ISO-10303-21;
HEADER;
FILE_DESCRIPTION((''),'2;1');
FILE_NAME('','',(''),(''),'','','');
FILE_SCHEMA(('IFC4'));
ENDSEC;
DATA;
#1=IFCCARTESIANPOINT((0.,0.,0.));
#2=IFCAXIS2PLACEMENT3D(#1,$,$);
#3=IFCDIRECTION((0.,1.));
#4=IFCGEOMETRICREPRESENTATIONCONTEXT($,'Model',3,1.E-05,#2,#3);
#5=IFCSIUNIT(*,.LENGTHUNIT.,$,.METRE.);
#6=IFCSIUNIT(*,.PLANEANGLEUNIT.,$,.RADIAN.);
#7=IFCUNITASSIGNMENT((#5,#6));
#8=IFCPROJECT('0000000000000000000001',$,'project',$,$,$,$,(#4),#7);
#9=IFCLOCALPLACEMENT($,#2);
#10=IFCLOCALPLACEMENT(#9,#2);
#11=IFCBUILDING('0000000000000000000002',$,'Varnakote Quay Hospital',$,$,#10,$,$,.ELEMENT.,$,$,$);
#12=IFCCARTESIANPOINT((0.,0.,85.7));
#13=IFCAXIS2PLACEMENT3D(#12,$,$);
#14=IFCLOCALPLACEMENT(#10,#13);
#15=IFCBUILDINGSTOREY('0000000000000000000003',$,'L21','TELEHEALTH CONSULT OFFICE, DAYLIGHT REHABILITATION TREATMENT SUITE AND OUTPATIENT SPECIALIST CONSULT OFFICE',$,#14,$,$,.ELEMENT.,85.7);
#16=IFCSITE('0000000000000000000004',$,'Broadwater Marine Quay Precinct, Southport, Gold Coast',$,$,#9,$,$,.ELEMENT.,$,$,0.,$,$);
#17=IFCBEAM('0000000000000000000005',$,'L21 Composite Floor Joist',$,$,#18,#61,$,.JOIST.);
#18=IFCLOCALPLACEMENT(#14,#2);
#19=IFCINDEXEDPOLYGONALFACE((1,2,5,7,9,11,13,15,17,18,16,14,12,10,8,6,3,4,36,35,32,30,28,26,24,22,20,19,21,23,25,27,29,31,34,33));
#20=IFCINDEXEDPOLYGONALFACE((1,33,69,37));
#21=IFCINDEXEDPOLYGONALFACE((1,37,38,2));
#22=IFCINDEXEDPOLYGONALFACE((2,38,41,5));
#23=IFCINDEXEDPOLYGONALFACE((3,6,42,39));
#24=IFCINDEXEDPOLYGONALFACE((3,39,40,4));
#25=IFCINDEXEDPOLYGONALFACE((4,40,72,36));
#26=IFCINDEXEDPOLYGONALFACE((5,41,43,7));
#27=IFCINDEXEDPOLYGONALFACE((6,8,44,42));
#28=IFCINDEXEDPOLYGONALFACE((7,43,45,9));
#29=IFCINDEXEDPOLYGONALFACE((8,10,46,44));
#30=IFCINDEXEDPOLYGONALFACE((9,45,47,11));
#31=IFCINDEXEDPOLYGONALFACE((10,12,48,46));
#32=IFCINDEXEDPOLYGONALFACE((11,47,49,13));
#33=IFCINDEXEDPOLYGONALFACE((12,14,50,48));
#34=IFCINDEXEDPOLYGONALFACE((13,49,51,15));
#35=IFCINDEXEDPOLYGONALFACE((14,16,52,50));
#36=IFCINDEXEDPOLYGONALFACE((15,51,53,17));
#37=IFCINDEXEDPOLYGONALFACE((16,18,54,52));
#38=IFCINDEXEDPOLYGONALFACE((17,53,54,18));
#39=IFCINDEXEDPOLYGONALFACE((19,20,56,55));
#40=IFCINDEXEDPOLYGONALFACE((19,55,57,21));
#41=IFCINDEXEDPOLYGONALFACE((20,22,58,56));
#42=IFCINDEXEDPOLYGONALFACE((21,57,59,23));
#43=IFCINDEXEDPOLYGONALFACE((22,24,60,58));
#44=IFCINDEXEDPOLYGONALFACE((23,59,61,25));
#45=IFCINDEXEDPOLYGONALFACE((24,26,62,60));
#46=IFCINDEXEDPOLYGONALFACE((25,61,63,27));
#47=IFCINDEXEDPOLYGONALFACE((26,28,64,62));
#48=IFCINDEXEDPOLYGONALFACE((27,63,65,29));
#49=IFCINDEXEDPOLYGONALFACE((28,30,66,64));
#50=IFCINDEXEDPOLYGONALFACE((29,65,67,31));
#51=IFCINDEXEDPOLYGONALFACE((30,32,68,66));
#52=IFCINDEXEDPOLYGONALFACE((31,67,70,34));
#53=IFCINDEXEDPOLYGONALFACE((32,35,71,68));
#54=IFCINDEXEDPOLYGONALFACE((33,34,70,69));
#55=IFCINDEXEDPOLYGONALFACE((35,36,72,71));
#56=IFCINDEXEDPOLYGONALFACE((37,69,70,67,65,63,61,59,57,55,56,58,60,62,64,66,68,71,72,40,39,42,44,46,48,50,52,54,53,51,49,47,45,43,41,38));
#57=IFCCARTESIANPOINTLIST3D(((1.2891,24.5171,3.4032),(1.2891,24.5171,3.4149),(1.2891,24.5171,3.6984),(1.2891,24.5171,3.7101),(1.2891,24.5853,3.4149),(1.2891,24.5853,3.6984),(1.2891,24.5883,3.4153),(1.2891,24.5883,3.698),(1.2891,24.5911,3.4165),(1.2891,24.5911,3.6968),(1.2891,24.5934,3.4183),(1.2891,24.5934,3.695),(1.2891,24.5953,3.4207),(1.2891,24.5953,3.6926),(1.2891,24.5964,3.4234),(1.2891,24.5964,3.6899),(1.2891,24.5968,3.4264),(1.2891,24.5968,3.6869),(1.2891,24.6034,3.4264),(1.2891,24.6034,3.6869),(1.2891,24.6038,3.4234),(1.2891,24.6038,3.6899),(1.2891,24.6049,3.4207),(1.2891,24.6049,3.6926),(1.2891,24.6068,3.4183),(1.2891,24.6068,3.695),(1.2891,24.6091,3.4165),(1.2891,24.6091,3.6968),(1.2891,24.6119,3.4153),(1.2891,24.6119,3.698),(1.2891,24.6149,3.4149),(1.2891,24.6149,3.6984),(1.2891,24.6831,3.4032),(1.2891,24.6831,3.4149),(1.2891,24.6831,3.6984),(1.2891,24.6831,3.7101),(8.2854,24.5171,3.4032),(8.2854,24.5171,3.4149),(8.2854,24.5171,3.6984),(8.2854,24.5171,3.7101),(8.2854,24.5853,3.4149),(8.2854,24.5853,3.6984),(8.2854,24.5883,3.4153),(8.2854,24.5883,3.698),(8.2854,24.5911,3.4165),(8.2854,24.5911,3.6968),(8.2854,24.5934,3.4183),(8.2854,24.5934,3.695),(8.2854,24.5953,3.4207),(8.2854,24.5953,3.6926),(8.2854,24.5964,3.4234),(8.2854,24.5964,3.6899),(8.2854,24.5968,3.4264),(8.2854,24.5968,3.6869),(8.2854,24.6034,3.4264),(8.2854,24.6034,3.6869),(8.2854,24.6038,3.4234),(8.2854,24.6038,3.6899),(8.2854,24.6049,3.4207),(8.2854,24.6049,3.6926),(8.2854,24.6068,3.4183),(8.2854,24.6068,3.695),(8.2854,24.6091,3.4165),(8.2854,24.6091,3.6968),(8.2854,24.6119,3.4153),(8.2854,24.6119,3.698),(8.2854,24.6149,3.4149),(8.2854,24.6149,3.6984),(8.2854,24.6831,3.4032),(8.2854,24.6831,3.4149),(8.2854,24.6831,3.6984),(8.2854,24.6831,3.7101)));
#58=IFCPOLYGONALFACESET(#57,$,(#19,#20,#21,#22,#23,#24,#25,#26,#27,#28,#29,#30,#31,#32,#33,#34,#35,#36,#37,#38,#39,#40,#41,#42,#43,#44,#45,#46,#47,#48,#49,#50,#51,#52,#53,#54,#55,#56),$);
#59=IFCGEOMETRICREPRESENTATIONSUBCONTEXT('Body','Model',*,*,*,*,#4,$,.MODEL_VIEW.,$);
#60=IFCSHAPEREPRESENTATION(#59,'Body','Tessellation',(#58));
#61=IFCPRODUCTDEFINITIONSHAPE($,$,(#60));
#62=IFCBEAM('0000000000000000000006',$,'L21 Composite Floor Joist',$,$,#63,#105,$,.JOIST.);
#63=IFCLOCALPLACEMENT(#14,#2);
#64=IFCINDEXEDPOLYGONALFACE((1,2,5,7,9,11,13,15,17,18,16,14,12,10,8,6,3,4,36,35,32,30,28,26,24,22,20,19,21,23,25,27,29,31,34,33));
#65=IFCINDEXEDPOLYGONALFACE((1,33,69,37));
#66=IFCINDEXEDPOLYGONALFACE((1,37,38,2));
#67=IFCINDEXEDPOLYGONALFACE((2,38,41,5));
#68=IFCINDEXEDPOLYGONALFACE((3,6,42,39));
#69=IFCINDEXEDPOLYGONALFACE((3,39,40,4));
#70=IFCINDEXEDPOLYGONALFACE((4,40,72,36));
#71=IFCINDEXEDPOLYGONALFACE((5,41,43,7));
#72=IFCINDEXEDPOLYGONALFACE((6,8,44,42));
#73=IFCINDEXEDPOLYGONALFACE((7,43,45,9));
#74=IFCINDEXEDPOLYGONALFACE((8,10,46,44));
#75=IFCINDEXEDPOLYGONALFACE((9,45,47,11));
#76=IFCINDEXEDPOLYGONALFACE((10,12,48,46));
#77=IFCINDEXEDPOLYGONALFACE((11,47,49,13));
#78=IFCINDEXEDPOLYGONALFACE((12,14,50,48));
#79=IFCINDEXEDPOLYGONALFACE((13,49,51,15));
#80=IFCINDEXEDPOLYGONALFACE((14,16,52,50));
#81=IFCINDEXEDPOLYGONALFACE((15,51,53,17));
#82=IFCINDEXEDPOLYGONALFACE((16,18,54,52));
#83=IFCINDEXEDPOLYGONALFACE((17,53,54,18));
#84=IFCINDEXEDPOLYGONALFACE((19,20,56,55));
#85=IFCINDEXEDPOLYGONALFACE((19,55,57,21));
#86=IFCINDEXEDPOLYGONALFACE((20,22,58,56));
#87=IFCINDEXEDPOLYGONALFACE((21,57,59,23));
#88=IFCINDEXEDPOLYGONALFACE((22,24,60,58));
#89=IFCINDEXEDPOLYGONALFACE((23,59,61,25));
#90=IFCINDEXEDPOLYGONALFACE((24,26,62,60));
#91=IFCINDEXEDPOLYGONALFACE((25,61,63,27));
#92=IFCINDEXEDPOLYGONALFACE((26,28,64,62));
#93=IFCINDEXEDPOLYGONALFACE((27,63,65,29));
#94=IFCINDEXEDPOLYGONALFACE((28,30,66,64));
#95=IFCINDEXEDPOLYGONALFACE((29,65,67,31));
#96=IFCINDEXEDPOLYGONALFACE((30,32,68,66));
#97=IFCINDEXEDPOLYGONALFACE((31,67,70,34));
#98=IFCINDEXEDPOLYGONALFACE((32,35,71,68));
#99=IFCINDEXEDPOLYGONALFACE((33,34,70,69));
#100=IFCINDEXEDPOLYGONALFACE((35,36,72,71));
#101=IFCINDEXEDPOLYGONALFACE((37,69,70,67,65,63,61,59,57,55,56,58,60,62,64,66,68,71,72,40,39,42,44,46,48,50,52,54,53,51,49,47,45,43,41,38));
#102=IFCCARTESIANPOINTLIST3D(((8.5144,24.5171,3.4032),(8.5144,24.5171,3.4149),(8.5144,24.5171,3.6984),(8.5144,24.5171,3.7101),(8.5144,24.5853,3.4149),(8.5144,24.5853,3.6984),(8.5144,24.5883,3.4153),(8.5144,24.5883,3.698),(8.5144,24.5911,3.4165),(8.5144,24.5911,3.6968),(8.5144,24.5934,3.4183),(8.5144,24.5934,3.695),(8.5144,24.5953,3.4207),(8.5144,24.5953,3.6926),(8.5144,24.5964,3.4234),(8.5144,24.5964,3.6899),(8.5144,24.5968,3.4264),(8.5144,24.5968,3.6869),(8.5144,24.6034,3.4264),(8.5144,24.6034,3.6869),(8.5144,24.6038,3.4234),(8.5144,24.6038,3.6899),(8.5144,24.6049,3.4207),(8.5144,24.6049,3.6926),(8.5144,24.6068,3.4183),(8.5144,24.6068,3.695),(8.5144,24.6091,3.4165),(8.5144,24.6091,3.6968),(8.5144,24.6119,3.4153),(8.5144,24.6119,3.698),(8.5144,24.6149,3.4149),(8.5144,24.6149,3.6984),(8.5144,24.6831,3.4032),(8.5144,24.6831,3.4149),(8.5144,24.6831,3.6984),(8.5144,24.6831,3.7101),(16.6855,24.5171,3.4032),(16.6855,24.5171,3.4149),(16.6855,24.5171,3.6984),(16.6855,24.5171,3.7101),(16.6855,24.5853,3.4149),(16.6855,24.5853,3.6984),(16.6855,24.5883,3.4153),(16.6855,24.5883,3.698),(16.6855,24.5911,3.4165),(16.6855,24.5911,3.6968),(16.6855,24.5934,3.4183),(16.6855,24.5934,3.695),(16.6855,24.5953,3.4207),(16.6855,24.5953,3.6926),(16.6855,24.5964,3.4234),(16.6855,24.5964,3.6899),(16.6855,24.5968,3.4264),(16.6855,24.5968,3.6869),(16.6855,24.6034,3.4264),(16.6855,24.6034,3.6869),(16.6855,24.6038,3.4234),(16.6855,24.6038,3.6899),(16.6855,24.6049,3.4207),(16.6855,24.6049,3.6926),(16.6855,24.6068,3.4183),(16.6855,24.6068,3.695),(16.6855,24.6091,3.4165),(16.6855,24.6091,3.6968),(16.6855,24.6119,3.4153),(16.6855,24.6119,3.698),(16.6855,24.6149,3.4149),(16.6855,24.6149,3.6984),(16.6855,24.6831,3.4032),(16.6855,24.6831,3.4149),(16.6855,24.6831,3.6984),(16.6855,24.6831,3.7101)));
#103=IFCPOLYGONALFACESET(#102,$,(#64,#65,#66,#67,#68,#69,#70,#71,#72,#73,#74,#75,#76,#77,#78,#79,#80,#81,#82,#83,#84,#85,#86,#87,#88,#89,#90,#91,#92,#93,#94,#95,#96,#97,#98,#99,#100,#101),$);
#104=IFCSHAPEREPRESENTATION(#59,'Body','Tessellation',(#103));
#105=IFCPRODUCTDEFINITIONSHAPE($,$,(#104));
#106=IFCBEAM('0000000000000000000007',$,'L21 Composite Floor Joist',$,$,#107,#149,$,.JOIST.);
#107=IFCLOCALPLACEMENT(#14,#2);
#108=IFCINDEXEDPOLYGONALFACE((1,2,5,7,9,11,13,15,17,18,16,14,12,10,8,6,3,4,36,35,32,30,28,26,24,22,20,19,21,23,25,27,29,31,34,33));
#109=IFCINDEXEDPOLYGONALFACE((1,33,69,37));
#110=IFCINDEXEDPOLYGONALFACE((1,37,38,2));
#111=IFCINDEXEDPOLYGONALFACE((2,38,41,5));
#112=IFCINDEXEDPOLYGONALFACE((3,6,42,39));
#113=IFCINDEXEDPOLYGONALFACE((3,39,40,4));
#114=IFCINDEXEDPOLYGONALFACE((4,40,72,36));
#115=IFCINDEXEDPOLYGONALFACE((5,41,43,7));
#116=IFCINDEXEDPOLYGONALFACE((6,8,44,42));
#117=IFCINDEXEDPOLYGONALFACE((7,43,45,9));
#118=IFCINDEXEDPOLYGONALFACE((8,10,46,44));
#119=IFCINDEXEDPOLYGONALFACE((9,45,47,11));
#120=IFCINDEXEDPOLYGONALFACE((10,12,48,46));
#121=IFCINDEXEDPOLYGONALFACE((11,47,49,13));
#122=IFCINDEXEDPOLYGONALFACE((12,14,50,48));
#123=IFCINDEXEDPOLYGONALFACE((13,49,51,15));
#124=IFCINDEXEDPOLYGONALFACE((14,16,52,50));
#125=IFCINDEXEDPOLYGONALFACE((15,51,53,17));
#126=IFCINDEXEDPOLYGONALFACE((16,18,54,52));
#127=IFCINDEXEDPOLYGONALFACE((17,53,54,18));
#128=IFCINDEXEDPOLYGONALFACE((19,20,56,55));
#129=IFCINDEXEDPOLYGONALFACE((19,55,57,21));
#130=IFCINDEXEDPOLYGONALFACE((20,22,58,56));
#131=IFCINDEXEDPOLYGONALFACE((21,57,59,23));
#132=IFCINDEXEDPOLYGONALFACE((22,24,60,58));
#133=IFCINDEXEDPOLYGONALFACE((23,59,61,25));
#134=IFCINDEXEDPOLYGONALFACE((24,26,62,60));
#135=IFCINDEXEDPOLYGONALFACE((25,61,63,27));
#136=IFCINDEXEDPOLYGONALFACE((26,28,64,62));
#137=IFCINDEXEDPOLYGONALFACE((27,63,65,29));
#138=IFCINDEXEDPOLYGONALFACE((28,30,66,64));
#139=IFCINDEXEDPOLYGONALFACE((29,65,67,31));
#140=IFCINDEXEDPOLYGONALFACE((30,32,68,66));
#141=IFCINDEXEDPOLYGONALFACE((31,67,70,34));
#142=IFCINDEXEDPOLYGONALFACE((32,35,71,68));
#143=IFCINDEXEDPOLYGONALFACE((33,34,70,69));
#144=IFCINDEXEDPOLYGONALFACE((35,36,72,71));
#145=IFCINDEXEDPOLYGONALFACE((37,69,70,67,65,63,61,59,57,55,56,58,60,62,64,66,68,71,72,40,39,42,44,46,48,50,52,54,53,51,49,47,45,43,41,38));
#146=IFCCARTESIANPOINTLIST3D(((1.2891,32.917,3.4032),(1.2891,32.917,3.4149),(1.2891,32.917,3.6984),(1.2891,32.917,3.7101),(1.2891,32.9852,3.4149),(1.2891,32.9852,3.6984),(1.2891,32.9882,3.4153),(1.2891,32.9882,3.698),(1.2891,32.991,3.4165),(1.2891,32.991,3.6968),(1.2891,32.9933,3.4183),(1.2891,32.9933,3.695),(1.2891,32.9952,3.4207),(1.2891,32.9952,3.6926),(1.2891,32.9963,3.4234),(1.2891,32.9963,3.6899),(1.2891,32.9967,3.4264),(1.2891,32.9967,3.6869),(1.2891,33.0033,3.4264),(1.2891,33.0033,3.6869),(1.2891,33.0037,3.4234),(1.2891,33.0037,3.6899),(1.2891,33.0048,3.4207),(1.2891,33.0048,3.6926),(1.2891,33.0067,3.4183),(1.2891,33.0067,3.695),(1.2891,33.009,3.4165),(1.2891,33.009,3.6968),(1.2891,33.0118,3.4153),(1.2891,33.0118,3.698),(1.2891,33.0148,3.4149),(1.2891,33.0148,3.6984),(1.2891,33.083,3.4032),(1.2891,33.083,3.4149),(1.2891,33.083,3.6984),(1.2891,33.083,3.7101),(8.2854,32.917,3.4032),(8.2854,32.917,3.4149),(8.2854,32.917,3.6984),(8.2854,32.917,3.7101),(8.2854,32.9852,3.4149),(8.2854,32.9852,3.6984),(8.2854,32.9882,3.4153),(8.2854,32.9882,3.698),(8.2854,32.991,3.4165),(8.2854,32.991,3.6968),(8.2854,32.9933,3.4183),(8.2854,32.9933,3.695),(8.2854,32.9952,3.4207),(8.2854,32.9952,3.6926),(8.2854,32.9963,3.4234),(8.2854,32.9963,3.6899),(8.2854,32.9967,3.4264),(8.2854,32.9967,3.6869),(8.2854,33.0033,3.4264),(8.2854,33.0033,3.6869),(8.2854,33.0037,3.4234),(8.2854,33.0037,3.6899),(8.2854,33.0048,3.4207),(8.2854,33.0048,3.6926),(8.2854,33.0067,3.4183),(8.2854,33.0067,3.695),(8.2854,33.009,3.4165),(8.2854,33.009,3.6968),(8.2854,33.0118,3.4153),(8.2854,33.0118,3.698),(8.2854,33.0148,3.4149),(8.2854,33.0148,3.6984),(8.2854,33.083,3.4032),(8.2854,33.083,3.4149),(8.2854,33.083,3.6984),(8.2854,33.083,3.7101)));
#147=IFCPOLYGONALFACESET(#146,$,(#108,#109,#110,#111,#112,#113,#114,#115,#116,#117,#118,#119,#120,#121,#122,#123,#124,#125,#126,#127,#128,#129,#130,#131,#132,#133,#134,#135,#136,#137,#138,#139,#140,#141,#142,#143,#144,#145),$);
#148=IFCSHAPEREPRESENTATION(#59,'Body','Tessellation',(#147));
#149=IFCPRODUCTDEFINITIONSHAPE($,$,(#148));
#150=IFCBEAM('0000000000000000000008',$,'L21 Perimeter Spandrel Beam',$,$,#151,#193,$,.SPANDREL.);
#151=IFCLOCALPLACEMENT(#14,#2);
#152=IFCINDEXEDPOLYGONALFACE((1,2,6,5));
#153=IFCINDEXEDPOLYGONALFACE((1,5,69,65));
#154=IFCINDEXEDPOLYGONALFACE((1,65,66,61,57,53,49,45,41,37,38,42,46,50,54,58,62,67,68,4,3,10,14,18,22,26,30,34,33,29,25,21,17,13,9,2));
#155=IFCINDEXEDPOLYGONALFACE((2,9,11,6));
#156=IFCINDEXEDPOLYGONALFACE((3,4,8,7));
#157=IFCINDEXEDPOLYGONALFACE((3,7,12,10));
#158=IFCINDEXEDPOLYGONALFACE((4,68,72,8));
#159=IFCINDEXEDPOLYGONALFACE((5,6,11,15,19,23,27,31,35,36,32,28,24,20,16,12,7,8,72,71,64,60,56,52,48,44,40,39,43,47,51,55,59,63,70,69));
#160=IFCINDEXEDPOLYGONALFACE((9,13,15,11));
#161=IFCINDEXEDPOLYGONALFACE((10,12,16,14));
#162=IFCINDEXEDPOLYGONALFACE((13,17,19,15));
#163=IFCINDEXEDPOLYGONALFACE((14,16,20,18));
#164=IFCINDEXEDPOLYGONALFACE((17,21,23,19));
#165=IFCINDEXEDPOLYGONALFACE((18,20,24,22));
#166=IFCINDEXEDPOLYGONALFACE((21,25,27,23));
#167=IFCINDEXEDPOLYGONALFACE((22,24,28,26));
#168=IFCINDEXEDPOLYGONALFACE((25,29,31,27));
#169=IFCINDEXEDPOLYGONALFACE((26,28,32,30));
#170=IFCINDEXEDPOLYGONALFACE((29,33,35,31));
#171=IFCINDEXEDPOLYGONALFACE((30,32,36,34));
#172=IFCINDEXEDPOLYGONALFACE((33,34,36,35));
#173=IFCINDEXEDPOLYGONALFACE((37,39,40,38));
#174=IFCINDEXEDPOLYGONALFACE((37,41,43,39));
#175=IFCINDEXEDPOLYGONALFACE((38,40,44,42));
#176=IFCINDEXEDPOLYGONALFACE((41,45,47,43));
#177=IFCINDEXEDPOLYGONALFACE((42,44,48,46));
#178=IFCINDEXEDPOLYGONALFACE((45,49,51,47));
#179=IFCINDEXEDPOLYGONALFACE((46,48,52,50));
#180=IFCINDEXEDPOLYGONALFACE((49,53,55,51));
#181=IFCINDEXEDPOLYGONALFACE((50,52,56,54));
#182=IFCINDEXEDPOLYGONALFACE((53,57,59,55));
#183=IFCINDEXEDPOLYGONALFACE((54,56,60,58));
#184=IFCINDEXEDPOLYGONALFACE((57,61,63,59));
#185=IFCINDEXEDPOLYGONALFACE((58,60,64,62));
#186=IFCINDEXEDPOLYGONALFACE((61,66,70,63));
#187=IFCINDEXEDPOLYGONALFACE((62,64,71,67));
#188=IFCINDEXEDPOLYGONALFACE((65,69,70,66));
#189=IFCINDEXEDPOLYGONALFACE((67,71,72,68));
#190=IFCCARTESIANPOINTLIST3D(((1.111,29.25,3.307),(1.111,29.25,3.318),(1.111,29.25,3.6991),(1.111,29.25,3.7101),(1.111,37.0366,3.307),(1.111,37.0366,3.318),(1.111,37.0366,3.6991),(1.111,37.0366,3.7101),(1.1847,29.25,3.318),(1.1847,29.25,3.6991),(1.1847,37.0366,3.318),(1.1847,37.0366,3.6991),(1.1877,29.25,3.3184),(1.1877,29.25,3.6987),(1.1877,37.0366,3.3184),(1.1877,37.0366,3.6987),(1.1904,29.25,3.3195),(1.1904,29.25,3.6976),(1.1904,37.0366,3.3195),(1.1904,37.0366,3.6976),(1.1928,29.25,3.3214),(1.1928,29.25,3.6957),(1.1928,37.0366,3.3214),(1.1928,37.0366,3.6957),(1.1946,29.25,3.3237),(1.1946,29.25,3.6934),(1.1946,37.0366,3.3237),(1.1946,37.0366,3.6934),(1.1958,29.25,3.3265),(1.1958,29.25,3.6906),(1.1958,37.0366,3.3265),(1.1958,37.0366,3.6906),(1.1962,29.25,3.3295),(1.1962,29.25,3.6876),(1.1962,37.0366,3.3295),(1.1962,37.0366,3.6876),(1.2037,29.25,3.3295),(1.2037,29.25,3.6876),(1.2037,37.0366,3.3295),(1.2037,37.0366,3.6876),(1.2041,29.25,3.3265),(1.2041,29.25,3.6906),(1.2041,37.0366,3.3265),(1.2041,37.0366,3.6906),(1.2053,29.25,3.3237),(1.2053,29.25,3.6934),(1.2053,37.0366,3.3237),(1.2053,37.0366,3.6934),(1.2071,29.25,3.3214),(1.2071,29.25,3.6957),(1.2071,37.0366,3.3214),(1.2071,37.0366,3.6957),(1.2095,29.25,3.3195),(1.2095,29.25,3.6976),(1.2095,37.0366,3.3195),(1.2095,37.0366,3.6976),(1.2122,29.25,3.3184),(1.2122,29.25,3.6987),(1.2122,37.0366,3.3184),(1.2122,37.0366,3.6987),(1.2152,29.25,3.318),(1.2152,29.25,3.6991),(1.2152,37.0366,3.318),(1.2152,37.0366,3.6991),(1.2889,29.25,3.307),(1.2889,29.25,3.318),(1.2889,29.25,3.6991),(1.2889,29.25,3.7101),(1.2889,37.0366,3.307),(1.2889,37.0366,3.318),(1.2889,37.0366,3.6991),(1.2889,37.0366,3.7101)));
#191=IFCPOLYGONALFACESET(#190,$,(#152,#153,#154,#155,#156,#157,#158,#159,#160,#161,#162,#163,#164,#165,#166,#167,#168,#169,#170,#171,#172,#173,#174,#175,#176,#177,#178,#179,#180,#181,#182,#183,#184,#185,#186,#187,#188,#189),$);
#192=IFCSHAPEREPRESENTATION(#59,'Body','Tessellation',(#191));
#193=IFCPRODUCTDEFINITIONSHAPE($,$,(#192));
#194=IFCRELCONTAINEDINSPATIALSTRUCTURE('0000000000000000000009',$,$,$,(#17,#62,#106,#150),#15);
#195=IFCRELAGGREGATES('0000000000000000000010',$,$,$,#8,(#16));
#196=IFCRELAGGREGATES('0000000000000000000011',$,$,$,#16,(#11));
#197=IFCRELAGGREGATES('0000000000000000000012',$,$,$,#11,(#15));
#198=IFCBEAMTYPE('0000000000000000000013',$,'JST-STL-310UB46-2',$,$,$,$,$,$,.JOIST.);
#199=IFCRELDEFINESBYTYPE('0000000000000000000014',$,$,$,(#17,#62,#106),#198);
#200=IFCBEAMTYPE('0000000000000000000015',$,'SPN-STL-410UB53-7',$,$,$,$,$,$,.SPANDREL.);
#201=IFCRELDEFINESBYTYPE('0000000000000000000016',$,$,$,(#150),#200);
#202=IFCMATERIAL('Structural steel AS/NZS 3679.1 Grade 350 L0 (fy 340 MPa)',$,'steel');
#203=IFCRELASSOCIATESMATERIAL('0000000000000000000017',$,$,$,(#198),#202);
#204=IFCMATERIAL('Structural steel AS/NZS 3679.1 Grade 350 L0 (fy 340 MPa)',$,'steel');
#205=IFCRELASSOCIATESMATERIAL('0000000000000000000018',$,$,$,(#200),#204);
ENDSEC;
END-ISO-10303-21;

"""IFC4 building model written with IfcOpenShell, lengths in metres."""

from ifc_helpers import new_model, si_unit, direction, frame, origin, origin_2d, place, context, subcontext, project, spatial, i_section, extrude, material, material_profile, profile_set, type_object, element, save


model = new_model("IFC4")

# Units and contexts
model_context = context("Model", 3, precision=1e-05, world=origin(), true_north=direction((0.0, 1.0)))
body_context = subcontext(model_context, "Body", "Model", "MODEL_VIEW")
ifc_project = project(units=[si_unit("LENGTHUNIT", "METRE"), si_unit("PLANEANGLEUNIT", "RADIAN")], contexts=[model_context])

# Site, building, storey
site_placement = place(None, origin())
site = spatial("IfcSite", under=ifc_project, at=site_placement, Name="Broadwater Marine Quay Precinct, Southport, Gold Coast", CompositionType="ELEMENT", RefElevation=0.0)
building_placement = place(site_placement, origin())
building = spatial("IfcBuilding", under=site, at=building_placement, Name="Varnakote Quay Hospital", CompositionType="ELEMENT")
storey_placement = place(building_placement, frame((0.0, 0.0, 85.7)))
storey = spatial("IfcBuildingStorey", under=building, at=storey_placement, Name="L21", Description="TELEHEALTH CONSULT OFFICE, DAYLIGHT REHABILITATION TREATMENT SUITE AND OUTPATIENT SPECIALIST CONSULT OFFICE", CompositionType="ELEMENT", Elevation=85.7)

# Beams
ifc_material_1 = material(Name="Structural steel AS/NZS 3679.1 Grade 350 L0 (fy 340 MPa)", Category="steel")
ifc_material_profile_1 = material_profile(ifc_material_1, i_section(OverallWidth=0.166, OverallDepth=0.3069, WebThickness=0.0066, FlangeThickness=0.0117, FilletRadius=0.0115, at=origin_2d()), Name="310UB46.2")
ifc_profile_set_1 = profile_set([ifc_material_profile_1], Name="Structural steel AS/NZS 3679.1 Grade 350 L0 (fy 340 MPa)")
beam_type_1 = type_object("IfcBeamType", Name="JST-STL-310UB46-2", PredefinedType="JOIST", material=ifc_profile_set_1)
beam_1_placement = place(storey_placement, frame((1.2891, 24.6001, 3.5566), z_axis=(1.0, 0.0, 0.0), x_axis=(0.0, 1.0, 0.0)))
element("IfcBeam", 1, at=beam_1_placement, inside=storey, type_object=beam_type_1, Name="L21 Composite Floor Joist", PredefinedType="JOIST", context=body_context, shape_type="SweptSolid", body=[
    extrude(i_section(OverallWidth=0.166, OverallDepth=0.3069, WebThickness=0.0066, FlangeThickness=0.0117, FilletRadius=0.0115, at=origin_2d()), origin(), (0.0, 0.0, 1.0), 6.9963),
])
beam_2_placement = place(storey_placement, frame((8.5144, 24.6001, 3.5566), z_axis=(1.0, 0.0, 0.0), x_axis=(0.0, 1.0, 0.0)))
element("IfcBeam", 2, at=beam_2_placement, inside=storey, type_object=beam_type_1, Name="L21 Composite Floor Joist", PredefinedType="JOIST", context=body_context, shape_type="SweptSolid", body=[
    extrude(i_section(OverallWidth=0.166, OverallDepth=0.3069, WebThickness=0.0066, FlangeThickness=0.0117, FilletRadius=0.0115, at=origin_2d()), origin(), (0.0, 0.0, 1.0), 8.1711),
])
beam_3_placement = place(storey_placement, frame((1.2891, 33.0, 3.5566), z_axis=(1.0, 0.0, 0.0), x_axis=(0.0, 1.0, 0.0)))
element("IfcBeam", 3, at=beam_3_placement, inside=storey, type_object=beam_type_1, Name="L21 Composite Floor Joist", PredefinedType="JOIST", context=body_context, shape_type="SweptSolid", body=[
    extrude(i_section(OverallWidth=0.166, OverallDepth=0.3069, WebThickness=0.0066, FlangeThickness=0.0117, FilletRadius=0.0115, at=origin_2d()), origin(), (0.0, 0.0, 1.0), 6.9963),
])
ifc_material_2 = material(Name="Structural steel AS/NZS 3679.1 Grade 350 L0 (fy 340 MPa)", Category="steel")
ifc_material_profile_2 = material_profile(ifc_material_2, i_section(OverallWidth=0.178, OverallDepth=0.4031, WebThickness=0.0076, FlangeThickness=0.011, FilletRadius=0.0115, at=origin_2d()), Name="410UB53.7")
ifc_profile_set_2 = profile_set([ifc_material_profile_2], Name="Structural steel AS/NZS 3679.1 Grade 350 L0 (fy 340 MPa)")
beam_type_2 = type_object("IfcBeamType", Name="SPN-STL-410UB53-7", PredefinedType="SPANDREL", material=ifc_profile_set_2)
beam_4_placement = place(storey_placement, frame((1.2, 29.25, 3.5085), z_axis=(0.0, 1.0, 0.0), x_axis=(-1.0, 0.0, 0.0)))
element("IfcBeam", 4, at=beam_4_placement, inside=storey, type_object=beam_type_2, Name="L21 Perimeter Spandrel Beam", PredefinedType="SPANDREL", context=body_context, shape_type="SweptSolid", body=[
    extrude(i_section(OverallWidth=0.178, OverallDepth=0.4031, WebThickness=0.0076, FlangeThickness=0.011, FilletRadius=0.0115, at=origin_2d()), origin(), (0.0, 0.0, 1.0), 7.7866),
])

save(model, "model.ifc")
